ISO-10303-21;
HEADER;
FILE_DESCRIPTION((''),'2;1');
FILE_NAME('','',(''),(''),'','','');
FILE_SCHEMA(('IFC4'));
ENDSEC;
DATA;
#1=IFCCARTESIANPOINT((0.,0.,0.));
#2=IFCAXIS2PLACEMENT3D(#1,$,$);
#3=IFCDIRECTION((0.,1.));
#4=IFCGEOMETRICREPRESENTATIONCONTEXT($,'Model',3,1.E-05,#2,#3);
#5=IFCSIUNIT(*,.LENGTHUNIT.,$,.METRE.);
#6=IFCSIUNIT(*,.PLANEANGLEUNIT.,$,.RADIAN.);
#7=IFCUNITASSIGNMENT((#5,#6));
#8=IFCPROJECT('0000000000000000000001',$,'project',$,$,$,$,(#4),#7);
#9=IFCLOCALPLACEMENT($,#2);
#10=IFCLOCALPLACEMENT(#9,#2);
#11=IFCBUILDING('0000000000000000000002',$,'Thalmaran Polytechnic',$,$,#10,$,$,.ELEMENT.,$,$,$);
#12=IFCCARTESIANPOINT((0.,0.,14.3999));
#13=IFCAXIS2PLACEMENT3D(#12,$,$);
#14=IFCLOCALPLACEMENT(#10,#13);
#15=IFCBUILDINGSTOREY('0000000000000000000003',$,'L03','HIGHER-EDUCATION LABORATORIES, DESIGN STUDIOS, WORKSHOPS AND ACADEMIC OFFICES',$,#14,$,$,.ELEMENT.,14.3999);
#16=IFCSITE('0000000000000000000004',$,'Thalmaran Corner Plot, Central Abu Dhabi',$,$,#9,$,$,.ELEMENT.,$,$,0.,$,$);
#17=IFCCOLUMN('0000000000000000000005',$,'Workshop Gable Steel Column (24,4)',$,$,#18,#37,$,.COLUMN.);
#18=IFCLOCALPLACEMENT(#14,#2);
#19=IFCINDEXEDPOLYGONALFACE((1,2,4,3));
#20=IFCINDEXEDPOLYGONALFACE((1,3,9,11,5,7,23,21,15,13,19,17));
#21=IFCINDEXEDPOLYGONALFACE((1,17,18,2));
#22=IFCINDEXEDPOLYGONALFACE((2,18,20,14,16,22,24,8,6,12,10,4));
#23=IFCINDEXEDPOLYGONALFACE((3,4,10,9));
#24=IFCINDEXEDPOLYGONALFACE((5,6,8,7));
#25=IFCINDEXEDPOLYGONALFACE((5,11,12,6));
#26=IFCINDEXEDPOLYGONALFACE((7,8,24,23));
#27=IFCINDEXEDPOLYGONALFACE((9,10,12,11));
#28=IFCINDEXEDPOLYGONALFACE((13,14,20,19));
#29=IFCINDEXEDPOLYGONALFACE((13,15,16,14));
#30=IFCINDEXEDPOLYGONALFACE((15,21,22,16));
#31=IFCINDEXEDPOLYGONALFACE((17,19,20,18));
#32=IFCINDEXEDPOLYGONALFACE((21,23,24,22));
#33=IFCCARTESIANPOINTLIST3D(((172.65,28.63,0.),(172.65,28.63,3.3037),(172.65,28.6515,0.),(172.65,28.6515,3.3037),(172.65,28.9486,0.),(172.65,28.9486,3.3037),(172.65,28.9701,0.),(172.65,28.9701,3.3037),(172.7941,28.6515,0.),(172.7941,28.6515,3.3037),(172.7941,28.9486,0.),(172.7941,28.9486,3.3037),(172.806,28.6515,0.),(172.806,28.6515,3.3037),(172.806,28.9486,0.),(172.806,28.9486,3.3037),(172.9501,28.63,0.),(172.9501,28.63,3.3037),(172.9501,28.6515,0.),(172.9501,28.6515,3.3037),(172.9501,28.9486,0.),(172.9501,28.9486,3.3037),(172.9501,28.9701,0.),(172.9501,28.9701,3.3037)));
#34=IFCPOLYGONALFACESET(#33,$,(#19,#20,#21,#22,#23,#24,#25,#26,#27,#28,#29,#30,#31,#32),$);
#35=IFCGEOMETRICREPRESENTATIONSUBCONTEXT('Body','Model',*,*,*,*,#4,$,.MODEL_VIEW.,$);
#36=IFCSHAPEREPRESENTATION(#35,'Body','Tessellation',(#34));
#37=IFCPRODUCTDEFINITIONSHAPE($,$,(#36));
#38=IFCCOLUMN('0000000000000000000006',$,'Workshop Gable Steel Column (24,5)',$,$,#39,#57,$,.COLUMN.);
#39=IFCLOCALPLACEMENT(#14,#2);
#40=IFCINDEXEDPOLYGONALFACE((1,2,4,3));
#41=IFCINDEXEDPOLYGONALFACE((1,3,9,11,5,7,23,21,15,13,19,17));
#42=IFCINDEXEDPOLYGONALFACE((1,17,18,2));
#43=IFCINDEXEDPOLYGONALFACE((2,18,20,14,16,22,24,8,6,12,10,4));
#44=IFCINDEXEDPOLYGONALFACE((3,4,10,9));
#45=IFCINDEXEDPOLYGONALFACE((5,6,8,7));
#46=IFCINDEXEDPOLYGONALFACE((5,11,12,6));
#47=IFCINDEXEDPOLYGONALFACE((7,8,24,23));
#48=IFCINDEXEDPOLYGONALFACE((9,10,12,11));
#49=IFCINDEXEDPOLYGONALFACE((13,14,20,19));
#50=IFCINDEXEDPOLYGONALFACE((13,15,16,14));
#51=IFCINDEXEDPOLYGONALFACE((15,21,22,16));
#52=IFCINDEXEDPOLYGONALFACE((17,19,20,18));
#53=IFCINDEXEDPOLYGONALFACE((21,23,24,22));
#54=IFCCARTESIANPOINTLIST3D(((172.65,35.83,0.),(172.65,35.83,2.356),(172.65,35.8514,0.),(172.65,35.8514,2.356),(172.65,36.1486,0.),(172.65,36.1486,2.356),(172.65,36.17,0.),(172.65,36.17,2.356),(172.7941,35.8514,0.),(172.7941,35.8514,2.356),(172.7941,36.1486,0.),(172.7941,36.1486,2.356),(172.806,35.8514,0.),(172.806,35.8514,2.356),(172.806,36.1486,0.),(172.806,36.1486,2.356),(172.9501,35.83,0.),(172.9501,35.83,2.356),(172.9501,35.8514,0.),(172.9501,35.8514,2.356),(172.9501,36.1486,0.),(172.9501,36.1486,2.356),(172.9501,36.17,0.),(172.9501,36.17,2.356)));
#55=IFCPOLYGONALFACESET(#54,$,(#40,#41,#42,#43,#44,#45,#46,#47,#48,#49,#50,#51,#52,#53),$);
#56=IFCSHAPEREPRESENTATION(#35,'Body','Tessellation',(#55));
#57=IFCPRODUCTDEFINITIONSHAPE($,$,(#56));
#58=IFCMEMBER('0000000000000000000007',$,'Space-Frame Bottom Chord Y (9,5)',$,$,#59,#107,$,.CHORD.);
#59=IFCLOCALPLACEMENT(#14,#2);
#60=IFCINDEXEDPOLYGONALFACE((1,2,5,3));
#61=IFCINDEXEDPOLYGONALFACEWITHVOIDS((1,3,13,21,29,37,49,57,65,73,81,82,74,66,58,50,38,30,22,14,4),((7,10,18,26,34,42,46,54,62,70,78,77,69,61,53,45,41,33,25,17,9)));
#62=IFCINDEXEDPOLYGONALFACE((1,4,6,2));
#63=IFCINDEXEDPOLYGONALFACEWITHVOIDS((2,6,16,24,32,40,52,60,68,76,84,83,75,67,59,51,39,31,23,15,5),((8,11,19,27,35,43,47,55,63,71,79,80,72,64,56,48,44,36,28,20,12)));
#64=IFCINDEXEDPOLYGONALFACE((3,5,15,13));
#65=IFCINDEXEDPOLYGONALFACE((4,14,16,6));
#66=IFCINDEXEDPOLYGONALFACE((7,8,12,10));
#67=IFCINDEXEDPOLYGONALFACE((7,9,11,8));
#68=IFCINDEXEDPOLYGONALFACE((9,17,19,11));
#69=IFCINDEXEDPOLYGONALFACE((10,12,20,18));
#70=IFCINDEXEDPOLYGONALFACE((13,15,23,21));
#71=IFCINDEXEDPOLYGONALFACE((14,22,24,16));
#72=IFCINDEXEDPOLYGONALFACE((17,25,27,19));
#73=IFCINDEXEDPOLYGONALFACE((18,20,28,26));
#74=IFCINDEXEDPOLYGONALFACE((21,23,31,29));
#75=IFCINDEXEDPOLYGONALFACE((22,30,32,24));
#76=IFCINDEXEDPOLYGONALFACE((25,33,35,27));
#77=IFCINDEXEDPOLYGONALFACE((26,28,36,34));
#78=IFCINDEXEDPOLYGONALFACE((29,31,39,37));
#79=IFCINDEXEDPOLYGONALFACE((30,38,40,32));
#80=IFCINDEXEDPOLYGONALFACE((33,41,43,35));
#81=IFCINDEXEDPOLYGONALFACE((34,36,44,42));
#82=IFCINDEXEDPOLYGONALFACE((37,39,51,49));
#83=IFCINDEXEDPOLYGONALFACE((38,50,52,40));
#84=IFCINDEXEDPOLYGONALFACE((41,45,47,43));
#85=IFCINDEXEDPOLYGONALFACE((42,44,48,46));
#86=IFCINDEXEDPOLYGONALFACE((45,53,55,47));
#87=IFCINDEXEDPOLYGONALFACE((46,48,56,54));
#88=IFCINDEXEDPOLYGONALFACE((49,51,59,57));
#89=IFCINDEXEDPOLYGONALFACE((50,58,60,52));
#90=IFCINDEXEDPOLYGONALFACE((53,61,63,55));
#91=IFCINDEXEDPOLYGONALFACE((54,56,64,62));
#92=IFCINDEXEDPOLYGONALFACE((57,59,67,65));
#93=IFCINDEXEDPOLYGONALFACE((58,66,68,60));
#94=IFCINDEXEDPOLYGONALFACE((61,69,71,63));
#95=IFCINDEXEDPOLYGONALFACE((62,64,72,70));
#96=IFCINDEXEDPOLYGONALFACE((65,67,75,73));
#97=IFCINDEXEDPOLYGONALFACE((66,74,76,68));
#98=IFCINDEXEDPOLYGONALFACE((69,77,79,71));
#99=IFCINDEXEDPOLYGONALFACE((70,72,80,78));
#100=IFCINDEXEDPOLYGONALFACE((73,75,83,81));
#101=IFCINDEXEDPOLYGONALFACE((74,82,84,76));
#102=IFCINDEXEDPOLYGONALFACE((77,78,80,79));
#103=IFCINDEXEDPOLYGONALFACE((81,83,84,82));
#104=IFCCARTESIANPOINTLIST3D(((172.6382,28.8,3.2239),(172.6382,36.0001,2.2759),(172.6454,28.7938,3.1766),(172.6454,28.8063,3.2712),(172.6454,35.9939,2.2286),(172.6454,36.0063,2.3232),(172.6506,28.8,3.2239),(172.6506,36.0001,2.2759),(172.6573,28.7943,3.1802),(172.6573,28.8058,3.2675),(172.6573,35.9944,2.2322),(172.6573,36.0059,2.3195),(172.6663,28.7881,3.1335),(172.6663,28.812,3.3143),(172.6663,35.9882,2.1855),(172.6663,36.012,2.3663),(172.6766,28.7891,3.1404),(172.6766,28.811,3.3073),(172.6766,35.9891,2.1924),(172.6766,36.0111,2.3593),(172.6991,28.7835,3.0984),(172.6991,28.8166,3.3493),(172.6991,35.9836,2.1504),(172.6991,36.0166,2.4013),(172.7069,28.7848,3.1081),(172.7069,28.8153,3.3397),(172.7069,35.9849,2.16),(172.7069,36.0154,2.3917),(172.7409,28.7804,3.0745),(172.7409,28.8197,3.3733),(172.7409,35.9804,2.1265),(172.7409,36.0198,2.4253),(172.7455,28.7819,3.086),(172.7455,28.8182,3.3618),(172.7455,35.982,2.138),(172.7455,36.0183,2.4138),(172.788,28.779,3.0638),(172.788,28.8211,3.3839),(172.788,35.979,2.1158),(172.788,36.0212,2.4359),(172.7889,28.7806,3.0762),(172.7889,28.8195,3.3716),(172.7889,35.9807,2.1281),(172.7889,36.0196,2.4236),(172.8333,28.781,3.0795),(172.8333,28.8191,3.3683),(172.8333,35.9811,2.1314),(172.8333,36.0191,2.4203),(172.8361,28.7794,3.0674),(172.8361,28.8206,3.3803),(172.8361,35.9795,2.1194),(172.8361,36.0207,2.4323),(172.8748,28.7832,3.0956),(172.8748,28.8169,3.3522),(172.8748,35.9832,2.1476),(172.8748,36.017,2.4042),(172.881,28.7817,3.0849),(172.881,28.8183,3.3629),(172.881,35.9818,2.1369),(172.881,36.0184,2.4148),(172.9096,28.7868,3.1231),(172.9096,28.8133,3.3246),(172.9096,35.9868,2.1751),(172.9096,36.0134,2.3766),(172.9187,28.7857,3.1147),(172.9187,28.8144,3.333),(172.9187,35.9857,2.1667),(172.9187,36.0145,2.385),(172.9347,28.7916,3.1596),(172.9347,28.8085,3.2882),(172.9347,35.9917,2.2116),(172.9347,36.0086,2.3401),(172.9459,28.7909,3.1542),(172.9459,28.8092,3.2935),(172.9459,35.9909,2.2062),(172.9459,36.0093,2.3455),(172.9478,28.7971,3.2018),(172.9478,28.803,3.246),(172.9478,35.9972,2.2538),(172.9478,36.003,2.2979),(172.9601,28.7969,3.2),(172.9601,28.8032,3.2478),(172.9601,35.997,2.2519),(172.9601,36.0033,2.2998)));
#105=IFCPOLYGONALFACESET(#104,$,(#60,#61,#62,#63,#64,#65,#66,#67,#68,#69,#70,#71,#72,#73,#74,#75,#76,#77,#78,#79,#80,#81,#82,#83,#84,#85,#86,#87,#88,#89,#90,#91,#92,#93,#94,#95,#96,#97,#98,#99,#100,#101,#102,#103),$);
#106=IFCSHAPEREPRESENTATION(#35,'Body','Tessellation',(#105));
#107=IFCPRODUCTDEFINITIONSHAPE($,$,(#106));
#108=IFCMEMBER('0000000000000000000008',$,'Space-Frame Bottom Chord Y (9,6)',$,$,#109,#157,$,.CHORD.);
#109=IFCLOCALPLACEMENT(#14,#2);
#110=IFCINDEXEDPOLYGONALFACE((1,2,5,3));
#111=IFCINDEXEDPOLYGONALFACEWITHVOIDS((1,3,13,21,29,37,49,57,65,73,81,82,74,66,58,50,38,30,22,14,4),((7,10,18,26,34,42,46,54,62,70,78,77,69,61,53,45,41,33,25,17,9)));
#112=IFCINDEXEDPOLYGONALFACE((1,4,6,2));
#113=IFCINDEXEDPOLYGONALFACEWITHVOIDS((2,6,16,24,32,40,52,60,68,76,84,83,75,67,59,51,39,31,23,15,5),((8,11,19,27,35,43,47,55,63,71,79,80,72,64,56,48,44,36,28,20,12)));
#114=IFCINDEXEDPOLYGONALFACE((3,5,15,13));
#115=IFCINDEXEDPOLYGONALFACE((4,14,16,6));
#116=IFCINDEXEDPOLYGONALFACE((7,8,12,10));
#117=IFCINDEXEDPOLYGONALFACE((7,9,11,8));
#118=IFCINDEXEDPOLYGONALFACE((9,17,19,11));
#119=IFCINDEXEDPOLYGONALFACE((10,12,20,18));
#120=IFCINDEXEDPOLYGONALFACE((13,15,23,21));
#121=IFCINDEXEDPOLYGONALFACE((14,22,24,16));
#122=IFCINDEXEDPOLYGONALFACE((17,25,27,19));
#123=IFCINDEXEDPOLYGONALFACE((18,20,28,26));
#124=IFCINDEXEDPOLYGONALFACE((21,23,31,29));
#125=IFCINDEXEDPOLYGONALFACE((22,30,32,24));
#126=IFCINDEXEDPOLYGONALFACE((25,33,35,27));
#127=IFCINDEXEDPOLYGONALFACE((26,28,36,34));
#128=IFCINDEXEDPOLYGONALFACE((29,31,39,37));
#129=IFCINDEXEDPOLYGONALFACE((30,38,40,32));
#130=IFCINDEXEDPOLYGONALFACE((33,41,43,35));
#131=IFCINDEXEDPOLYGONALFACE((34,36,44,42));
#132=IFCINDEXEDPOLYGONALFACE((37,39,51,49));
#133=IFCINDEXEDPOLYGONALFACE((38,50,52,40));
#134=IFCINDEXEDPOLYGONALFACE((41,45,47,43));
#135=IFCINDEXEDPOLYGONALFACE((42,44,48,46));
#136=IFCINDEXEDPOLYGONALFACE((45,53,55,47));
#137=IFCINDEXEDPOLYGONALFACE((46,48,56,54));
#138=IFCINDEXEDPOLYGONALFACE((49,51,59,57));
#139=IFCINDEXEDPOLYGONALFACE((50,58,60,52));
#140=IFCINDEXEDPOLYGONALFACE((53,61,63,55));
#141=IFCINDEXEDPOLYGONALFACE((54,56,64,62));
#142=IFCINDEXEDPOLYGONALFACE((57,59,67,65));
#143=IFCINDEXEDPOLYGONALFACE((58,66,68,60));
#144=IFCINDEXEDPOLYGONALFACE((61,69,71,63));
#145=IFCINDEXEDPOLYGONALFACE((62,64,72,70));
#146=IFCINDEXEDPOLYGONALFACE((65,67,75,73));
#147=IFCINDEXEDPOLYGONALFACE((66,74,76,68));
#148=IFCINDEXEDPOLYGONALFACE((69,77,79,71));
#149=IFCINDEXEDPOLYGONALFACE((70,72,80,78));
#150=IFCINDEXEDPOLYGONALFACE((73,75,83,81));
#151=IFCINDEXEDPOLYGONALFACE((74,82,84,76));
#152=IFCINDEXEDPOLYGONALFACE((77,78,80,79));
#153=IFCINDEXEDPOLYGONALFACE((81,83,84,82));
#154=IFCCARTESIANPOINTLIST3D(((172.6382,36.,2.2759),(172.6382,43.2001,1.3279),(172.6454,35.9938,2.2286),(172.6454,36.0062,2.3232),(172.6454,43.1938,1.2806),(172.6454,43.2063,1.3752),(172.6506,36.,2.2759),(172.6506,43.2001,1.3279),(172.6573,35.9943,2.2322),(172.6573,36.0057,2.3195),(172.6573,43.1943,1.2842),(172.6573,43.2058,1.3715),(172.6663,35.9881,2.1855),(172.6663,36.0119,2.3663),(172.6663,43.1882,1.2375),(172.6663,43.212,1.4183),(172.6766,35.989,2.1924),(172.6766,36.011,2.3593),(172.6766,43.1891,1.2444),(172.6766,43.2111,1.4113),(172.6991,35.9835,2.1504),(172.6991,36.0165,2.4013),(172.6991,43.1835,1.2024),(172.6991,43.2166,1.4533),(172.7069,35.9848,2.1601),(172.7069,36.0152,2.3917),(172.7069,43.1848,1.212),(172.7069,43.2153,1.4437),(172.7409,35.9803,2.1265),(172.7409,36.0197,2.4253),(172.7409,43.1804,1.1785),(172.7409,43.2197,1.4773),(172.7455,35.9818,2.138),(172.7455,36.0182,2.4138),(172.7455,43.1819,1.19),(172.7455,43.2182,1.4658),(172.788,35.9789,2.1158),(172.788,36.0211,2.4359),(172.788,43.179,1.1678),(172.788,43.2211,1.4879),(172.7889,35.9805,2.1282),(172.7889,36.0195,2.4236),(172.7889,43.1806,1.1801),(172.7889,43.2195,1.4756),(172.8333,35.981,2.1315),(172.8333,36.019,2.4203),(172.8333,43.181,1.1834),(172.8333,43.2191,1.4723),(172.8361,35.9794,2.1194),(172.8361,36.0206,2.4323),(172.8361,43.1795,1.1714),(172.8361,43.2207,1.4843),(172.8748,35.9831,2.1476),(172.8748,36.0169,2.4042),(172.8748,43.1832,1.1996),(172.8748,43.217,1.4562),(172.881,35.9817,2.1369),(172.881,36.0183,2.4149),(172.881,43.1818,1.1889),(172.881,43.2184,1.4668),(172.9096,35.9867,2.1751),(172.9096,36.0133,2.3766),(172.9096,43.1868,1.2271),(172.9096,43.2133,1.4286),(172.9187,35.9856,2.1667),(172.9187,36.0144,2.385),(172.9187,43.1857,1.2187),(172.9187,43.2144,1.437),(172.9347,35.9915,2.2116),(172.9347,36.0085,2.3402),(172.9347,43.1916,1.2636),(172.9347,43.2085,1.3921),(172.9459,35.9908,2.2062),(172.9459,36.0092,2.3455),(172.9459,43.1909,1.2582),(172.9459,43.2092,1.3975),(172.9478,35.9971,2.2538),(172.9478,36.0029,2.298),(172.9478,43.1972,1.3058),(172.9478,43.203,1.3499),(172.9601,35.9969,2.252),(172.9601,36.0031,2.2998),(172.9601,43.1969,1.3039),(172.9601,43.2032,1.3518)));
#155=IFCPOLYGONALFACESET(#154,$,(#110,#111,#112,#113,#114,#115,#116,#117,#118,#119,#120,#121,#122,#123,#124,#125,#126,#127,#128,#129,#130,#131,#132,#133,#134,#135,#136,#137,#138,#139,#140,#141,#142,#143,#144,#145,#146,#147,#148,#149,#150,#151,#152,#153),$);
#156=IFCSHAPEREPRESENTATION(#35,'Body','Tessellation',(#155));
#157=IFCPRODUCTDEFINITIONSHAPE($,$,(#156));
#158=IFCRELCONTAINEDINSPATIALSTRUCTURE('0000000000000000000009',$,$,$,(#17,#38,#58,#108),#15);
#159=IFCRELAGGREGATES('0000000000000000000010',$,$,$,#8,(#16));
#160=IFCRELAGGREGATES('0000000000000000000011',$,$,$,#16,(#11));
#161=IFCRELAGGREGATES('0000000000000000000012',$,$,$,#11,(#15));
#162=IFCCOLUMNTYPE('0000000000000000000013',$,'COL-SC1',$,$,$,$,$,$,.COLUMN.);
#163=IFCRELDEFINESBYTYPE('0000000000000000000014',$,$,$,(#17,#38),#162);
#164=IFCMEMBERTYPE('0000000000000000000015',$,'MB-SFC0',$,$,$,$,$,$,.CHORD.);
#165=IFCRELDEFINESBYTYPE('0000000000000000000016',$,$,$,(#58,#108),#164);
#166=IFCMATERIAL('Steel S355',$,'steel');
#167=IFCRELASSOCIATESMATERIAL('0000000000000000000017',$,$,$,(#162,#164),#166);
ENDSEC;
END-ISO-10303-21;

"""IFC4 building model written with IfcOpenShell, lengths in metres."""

from ifc_helpers import new_model, si_unit, direction, frame, origin, origin_2d, place, context, subcontext, project, spatial, hollow_circle, i_section, extrude, material, material_profile, profile_set, type_object, element, save


model = new_model("IFC4")

# Units and contexts
model_context = context("Model", 3, precision=1e-05, world=origin(), true_north=direction((0.0, 1.0)))
body_context = subcontext(model_context, "Body", "Model", "MODEL_VIEW")
ifc_project = project(units=[si_unit("LENGTHUNIT", "METRE"), si_unit("PLANEANGLEUNIT", "RADIAN")], contexts=[model_context])

# Site, building, storey
site_placement = place(None, origin())
site = spatial("IfcSite", under=ifc_project, at=site_placement, Name="Thalmaran Corner Plot, Central Abu Dhabi", CompositionType="ELEMENT", RefElevation=0.0)
building_placement = place(site_placement, origin())
building = spatial("IfcBuilding", under=site, at=building_placement, Name="Thalmaran Polytechnic", CompositionType="ELEMENT")
storey_placement = place(building_placement, frame((0.0, 0.0, 14.3999)))
storey = spatial("IfcBuildingStorey", under=building, at=storey_placement, Name="L03", Description="HIGHER-EDUCATION LABORATORIES, DESIGN STUDIOS, WORKSHOPS AND ACADEMIC OFFICES", CompositionType="ELEMENT", Elevation=14.3999)

# Columns
ifc_material_1 = material(Name="Steel S355", Category="steel")
ifc_material_profile_1 = material_profile(ifc_material_1, i_section(OverallWidth=0.3, OverallDepth=0.3401, WebThickness=0.012, FlangeThickness=0.0215, at=origin_2d()), Name="HEB 340")
ifc_profile_set_1 = profile_set([ifc_material_profile_1], Name="Steel S355")
column_type = type_object("IfcColumnType", Name="COL-SC1", PredefinedType="COLUMN", material=ifc_profile_set_1)
column_1_placement = place(storey_placement, frame((172.8, 28.8, 0.0), z_axis=(0.0, 0.0, 1.0), x_axis=(1.0, 0.0, 0.0)))
element("IfcColumn", 1, at=column_1_placement, inside=storey, type_object=column_type, Name="Workshop Gable Steel Column (24,4)", PredefinedType="COLUMN", context=body_context, shape_type="SweptSolid", body=[
    extrude(i_section(OverallWidth=0.3, OverallDepth=0.3401, WebThickness=0.012, FlangeThickness=0.0215, at=origin_2d()), origin(), (0.0, 0.0, 1.0), 3.3037),
])
column_2_placement = place(storey_placement, frame((172.8, 36.0, 0.0), z_axis=(0.0, 0.0, 1.0), x_axis=(1.0, 0.0, 0.0)))
element("IfcColumn", 2, at=column_2_placement, inside=storey, type_object=column_type, Name="Workshop Gable Steel Column (24,5)", PredefinedType="COLUMN", context=body_context, shape_type="SweptSolid", body=[
    extrude(i_section(OverallWidth=0.3, OverallDepth=0.3401, WebThickness=0.012, FlangeThickness=0.0215, at=origin_2d()), origin(), (0.0, 0.0, 1.0), 2.356),
])

# Members
ifc_material_profile_2 = material_profile(ifc_material_1, hollow_circle(Radius=0.1619, WallThickness=0.0125, at=origin_2d()), Name="CHS 323.9x12.5")
ifc_profile_set_2 = profile_set([ifc_material_profile_2], Name="Steel S355")
member_type_1 = type_object("IfcMemberType", Name="MB-SFC0", PredefinedType="CHORD", material=ifc_profile_set_2)
for number, where, z_axis, x_axis, name in (
    (3, (172.8, 28.8, 3.2239), (0.0, 0.991443, -0.130541), (-1.0, 0.0, 0.0), "Space-Frame Bottom Chord Y (9,5)"),
    (4, (172.8, 36.0, 2.2759), (0.0, 0.991443, -0.130541), (-1.0, 0.0, 0.0), "Space-Frame Bottom Chord Y (9,6)"),
):
    element("IfcMember", number, at=place(storey_placement, frame(where, z_axis=z_axis, x_axis=x_axis)), inside=storey, type_object=member_type_1, Name=name, PredefinedType="CHORD", context=body_context, shape_type="SweptSolid", body=[
        extrude(hollow_circle(Radius=0.1619, WallThickness=0.0125, at=origin_2d()), origin(), (0.0, 0.0, 1.0), 7.2622),
    ])

save(model, "model.ifc")
